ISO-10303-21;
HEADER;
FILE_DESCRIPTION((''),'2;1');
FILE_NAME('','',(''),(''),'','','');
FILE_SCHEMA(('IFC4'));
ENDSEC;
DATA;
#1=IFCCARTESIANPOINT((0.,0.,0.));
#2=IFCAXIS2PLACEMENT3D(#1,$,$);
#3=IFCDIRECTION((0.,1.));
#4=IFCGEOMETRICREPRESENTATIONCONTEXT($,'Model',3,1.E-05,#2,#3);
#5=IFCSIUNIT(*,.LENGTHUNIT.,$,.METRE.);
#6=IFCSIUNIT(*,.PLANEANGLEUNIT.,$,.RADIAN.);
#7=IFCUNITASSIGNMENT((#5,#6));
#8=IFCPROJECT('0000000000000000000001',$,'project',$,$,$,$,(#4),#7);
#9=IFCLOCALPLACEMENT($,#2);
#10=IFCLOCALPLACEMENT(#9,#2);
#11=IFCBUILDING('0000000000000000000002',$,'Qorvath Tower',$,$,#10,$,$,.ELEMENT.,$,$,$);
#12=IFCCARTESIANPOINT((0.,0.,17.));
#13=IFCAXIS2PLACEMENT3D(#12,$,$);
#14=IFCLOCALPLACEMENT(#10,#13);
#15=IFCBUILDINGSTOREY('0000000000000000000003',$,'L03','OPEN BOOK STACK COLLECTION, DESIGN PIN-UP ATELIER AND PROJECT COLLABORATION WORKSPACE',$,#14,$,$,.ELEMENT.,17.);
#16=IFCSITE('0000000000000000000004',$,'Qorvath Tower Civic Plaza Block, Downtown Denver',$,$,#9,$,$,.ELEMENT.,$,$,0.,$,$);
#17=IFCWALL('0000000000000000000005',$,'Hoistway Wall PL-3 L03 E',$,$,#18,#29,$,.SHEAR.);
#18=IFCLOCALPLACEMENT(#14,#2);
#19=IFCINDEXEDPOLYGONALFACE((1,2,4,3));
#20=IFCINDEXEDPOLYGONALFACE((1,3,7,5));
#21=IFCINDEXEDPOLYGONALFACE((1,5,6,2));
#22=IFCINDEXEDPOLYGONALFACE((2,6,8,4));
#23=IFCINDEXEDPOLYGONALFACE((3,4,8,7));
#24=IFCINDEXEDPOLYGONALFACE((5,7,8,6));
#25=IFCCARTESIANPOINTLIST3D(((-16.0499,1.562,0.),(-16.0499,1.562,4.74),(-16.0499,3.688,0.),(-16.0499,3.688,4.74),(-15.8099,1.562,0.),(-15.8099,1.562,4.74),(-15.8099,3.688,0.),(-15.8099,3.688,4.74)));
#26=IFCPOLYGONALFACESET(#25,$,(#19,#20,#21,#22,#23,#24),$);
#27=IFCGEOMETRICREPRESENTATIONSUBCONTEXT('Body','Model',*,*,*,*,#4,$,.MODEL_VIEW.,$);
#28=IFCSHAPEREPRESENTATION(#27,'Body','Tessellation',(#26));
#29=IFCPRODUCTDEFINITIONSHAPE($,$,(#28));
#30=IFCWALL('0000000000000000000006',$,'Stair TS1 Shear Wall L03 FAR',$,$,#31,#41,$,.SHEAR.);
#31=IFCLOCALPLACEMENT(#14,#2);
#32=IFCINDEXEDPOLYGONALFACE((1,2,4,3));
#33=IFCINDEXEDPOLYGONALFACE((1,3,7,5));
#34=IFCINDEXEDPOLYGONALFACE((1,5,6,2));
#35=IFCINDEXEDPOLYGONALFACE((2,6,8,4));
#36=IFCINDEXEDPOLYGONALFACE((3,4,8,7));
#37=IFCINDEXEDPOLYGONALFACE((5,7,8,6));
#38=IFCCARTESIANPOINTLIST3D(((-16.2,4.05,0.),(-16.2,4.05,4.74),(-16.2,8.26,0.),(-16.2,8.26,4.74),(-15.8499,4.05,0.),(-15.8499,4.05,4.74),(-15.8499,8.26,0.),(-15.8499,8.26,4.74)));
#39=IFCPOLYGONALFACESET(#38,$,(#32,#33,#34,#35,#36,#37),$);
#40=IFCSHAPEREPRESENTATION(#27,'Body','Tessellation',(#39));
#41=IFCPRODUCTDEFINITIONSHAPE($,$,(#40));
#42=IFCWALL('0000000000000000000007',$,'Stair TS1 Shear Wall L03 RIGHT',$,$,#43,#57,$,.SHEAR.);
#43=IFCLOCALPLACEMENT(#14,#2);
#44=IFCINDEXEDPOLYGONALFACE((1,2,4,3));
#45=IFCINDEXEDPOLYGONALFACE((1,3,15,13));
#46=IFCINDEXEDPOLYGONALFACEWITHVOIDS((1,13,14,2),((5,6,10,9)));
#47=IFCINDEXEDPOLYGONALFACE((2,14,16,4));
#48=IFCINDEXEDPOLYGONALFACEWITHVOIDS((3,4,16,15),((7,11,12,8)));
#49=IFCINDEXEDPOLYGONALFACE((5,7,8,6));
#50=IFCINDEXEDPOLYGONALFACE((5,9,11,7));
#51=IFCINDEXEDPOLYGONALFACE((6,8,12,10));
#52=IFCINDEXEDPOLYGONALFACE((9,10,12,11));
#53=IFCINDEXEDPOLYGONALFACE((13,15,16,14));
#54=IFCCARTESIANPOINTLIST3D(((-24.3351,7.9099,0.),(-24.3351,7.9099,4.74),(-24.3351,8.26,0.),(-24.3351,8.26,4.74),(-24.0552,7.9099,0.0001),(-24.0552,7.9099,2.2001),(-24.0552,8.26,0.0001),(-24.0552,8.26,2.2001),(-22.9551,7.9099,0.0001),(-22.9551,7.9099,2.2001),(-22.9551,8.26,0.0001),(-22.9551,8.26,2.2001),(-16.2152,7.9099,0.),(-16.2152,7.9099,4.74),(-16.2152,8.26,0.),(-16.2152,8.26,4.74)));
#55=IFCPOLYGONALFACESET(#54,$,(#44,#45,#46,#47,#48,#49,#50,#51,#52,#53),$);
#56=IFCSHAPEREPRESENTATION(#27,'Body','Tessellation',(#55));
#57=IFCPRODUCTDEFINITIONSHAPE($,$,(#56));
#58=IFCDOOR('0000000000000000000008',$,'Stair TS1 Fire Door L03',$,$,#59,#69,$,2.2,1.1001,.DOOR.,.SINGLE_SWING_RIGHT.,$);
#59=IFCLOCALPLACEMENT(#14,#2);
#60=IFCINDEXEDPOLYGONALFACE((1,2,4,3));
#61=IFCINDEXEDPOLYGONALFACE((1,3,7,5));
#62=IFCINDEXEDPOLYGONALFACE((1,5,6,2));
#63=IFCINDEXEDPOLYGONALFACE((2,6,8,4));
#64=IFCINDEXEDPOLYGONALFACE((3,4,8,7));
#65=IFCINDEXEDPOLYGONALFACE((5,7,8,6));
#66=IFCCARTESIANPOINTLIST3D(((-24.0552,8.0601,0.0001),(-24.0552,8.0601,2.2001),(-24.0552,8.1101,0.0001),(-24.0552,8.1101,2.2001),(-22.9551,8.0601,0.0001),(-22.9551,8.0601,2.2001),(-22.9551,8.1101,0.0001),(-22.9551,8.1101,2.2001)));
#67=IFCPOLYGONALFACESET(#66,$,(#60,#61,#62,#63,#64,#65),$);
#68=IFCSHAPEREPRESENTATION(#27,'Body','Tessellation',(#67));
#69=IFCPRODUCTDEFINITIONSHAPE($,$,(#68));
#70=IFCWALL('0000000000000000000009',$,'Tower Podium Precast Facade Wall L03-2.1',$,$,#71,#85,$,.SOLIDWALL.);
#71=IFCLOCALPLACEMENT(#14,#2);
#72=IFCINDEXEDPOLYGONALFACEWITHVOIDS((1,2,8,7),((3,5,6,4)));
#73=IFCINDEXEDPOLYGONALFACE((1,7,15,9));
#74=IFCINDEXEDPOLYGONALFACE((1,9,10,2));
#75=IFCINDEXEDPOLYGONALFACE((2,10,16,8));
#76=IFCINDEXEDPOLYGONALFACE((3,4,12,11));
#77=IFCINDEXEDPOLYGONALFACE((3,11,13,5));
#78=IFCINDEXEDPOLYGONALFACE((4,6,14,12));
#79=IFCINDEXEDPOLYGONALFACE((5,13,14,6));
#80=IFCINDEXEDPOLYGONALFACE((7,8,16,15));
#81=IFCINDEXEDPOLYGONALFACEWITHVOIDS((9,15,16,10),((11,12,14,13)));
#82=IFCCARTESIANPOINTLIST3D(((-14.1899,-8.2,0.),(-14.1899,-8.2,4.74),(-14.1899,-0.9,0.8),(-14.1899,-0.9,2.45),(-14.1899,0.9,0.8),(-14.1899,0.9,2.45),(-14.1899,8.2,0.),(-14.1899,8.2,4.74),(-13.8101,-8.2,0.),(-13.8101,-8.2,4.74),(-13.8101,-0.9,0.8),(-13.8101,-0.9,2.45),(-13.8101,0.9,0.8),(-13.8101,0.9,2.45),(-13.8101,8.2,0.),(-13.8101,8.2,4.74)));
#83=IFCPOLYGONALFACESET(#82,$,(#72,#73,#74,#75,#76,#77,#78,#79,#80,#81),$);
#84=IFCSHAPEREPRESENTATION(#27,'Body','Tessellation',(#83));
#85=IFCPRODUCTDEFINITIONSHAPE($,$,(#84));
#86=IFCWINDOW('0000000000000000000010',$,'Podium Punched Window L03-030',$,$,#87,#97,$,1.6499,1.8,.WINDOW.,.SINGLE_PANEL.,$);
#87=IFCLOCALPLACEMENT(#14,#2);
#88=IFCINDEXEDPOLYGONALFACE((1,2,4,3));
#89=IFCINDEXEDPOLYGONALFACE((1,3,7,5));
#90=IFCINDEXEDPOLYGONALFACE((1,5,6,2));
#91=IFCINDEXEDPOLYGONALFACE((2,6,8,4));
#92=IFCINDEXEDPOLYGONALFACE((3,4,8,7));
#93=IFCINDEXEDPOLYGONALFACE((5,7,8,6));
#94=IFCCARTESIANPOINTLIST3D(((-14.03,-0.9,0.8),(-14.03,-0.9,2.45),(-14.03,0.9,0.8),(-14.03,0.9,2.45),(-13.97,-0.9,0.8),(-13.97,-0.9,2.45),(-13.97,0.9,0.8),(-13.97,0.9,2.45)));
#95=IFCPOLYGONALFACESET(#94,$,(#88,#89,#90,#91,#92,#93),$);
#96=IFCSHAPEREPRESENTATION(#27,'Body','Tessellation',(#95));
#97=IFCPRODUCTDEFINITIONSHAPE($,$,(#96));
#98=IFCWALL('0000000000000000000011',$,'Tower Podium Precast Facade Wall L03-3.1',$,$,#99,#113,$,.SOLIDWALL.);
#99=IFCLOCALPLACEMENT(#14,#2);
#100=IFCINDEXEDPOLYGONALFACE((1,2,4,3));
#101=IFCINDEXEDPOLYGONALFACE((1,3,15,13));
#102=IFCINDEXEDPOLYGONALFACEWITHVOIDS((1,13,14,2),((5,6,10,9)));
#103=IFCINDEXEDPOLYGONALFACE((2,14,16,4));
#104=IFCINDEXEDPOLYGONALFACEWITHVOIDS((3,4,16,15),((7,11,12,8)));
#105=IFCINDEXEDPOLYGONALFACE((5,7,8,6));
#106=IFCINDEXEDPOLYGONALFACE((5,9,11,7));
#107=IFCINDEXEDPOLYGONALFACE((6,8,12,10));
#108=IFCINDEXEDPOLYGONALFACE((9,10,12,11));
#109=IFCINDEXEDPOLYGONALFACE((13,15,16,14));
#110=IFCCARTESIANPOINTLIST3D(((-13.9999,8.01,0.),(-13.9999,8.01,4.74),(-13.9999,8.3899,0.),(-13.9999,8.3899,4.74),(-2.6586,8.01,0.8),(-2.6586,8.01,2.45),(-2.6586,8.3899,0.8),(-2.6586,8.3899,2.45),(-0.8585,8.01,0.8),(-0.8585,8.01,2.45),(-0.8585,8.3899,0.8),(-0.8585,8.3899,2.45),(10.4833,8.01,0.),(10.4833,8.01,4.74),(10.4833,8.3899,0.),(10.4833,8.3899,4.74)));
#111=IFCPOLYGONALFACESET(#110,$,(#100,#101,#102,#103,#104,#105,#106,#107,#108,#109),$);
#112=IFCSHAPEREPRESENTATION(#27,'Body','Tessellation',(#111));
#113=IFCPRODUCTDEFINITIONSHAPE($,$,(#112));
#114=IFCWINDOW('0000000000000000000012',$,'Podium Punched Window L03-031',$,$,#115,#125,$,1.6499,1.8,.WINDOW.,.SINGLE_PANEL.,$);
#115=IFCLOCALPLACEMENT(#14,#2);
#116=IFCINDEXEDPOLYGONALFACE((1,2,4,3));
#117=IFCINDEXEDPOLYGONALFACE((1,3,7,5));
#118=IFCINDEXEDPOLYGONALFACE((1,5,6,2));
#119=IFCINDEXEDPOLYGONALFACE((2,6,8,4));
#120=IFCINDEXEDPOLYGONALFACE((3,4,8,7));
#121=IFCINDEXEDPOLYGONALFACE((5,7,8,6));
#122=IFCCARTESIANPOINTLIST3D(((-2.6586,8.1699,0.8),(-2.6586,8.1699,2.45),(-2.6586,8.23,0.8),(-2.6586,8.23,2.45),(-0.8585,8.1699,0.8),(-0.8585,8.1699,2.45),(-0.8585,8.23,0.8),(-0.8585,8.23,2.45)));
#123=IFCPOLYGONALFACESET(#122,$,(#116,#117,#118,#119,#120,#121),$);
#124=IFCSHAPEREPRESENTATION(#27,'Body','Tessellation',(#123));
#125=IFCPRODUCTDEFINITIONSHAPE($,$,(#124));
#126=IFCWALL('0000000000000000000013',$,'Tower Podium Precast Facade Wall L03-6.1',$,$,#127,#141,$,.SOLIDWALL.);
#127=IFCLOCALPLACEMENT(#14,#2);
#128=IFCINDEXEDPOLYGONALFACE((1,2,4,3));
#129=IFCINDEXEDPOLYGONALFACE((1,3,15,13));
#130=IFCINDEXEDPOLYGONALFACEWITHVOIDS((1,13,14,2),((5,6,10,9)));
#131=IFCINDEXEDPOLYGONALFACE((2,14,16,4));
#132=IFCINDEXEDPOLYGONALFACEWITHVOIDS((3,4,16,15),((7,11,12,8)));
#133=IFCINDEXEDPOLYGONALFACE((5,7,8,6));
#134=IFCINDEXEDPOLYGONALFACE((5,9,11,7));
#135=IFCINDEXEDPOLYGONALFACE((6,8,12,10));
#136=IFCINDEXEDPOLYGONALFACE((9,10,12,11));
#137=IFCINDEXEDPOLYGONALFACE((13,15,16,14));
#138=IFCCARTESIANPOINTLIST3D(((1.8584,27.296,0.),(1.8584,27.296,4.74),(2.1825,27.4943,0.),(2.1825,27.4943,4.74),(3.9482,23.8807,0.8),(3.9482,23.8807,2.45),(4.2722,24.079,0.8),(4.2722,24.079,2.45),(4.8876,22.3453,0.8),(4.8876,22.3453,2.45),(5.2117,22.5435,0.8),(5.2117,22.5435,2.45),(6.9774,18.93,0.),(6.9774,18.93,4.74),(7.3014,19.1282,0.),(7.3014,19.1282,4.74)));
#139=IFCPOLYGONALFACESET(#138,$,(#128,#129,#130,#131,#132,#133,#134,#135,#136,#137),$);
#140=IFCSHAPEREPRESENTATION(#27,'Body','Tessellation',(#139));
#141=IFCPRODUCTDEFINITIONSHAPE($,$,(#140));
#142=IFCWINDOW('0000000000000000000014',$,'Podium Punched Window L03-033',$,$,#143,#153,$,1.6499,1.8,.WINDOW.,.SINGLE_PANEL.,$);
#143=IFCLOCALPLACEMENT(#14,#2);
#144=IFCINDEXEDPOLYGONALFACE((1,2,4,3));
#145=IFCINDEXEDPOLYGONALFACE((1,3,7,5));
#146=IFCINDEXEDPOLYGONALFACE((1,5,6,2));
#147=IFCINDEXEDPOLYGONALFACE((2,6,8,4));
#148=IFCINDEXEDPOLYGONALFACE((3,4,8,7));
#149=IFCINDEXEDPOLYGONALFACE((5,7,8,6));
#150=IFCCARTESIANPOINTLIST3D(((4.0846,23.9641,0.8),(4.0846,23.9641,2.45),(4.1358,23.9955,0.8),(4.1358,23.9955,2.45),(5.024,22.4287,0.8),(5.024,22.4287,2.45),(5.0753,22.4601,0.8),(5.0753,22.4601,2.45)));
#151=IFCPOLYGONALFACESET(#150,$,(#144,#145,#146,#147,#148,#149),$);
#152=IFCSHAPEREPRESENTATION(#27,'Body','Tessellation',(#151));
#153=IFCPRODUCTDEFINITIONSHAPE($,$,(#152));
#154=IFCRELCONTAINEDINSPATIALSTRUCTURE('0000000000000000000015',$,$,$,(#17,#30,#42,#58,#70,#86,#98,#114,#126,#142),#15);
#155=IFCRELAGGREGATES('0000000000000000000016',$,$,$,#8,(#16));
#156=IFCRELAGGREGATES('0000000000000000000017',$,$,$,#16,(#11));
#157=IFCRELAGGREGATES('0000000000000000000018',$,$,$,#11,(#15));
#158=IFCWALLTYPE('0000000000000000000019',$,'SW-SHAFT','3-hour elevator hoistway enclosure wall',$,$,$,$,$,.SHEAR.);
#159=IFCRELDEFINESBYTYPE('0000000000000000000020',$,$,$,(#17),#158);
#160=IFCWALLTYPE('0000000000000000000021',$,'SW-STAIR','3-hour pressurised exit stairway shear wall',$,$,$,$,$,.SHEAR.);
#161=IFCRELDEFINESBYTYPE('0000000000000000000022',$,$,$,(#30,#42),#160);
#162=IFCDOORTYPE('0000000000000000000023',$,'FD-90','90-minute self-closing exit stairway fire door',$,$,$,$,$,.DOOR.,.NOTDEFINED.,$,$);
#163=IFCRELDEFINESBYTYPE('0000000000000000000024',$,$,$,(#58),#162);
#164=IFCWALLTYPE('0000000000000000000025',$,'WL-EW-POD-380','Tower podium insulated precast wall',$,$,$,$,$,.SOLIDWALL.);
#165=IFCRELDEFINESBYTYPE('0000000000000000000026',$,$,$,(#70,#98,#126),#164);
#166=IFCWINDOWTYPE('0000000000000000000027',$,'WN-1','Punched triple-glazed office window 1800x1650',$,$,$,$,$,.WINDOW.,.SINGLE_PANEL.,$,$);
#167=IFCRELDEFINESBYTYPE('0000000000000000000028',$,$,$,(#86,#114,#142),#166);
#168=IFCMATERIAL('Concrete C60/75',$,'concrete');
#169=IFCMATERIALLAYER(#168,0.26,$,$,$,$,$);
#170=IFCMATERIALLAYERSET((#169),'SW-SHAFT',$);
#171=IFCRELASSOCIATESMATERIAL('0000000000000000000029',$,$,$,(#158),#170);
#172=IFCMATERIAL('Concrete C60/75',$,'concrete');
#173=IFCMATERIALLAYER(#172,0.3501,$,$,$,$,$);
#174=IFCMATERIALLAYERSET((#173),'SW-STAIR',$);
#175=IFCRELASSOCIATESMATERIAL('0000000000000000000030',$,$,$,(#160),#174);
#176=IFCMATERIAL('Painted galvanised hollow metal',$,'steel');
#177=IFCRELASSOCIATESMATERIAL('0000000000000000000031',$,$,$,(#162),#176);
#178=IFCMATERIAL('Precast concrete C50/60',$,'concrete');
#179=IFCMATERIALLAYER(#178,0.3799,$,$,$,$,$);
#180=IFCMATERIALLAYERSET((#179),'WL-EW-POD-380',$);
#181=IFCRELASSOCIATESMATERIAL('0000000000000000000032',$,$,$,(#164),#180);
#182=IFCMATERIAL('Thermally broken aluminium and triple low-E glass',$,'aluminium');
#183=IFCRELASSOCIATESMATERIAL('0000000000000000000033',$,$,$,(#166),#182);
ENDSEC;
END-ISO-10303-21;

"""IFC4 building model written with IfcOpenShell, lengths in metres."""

from ifc_helpers import new_model, si_unit, direction, frame, frame_2d, origin, place, context, subcontext, project, spatial, rectangle, extrude, material, layer, layer_set, type_object, element, fill, save


model = new_model("IFC4")

# Units and contexts
model_context = context("Model", 3, precision=1e-05, world=origin(), true_north=direction((0.0, 1.0)))
body_context = subcontext(model_context, "Body", "Model", "MODEL_VIEW")
ifc_project = project(units=[si_unit("LENGTHUNIT", "METRE"), si_unit("PLANEANGLEUNIT", "RADIAN")], contexts=[model_context])

# Site, building, storey
site_placement = place(None, origin())
site = spatial("IfcSite", under=ifc_project, at=site_placement, Name="Qorvath Tower Civic Plaza Block, Downtown Denver", CompositionType="ELEMENT", RefElevation=0.0)
building_placement = place(site_placement, origin())
building = spatial("IfcBuilding", under=site, at=building_placement, Name="Qorvath Tower", CompositionType="ELEMENT")
storey_placement = place(building_placement, frame((0.0, 0.0, 17.0)))
storey = spatial("IfcBuildingStorey", under=building, at=storey_placement, Name="L03", Description="OPEN BOOK STACK COLLECTION, DESIGN PIN-UP ATELIER AND PROJECT COLLABORATION WORKSPACE", CompositionType="ELEMENT", Elevation=17.0)

# Shared definitions
ifc_material_1 = material(Name="Concrete C60/75", Category="concrete")
ifc_layer_1 = layer(ifc_material_1, 0.26)
ifc_layer_set_1 = layer_set([ifc_layer_1], Name="SW-SHAFT")
wall_type_1 = type_object("IfcWallType", Name="SW-SHAFT", Description="3-hour elevator hoistway enclosure wall", PredefinedType="SHEAR", material=ifc_layer_set_1)

# Walls
wall_1_placement = place(storey_placement, frame((-15.9299, 3.688, 0.0), z_axis=(0.0, 0.0, 1.0), x_axis=(0.0, -1.0, 0.0)))
element("IfcWall", 1, at=wall_1_placement, inside=storey, type_object=wall_type_1, Name="Hoistway Wall PL-3 L03 E", PredefinedType="SHEAR", context=body_context, shape_type="SweptSolid", body=[
    extrude(rectangle(XDim=2.126, YDim=0.24, at=frame_2d((1.063, 0.0))), origin(), (0.0, 0.0, 1.0), 4.74),
])
ifc_material_2 = material(Name="Concrete C60/75", Category="concrete")
ifc_layer_2 = layer(ifc_material_2, 0.3501)
ifc_layer_set_2 = layer_set([ifc_layer_2], Name="SW-STAIR")
wall_type_2 = type_object("IfcWallType", Name="SW-STAIR", Description="3-hour pressurised exit stairway shear wall", PredefinedType="SHEAR", material=ifc_layer_set_2)
wall_2_placement = place(storey_placement, frame((-16.0249, 4.05, 0.0), z_axis=(0.0, 0.0, 1.0), x_axis=(0.0, 1.0, 0.0)))
element("IfcWall", 2, at=wall_2_placement, inside=storey, type_object=wall_type_2, Name="Stair TS1 Shear Wall L03 FAR", PredefinedType="SHEAR", context=body_context, shape_type="SweptSolid", body=[
    extrude(rectangle(XDim=4.21, YDim=0.3501, at=frame_2d((2.105, 0.0))), origin(), (0.0, 0.0, 1.0), 4.74),
])

# Wall, opening, door
wall_3_placement = place(storey_placement, frame((-16.2151, 8.085, 0.0), z_axis=(0.0, 0.0, 1.0), x_axis=(-1.0, 0.0, 0.0)))
wall_3 = element("IfcWall", 3, at=wall_3_placement, inside=storey, type_object=wall_type_2, Name="Stair TS1 Shear Wall L03 RIGHT", PredefinedType="SHEAR", context=body_context, shape_type="SweptSolid", body=[
    extrude(rectangle(XDim=8.1199, YDim=0.3501, at=frame_2d((4.0601, 0.0))), origin(), (0.0, 0.0, 1.0), 4.74),
])
opening_1_placement = place(wall_3_placement, frame((6.74, 0.0, 0.0)))
opening_1 = element("IfcOpeningElement", 4, at=opening_1_placement, cuts=wall_3, PredefinedType="OPENING", context=body_context, shape_type="SweptSolid", body=[
    extrude(rectangle(XDim=1.1001, YDim=2.2, at=frame_2d((0.55, 1.1001))), frame((0.0, 0.1851, 0.0), z_axis=(0.0, -1.0, 0.0), x_axis=(1.0, 0.0, 0.0)), (0.0, 0.0, 1.0), 0.3701),
])
ifc_material_3 = material(Name="Painted galvanised hollow metal", Category="steel")
door_type_1 = type_object("IfcDoorType", Name="FD-90", Description="90-minute self-closing exit stairway fire door", OperationType="NOTDEFINED", PredefinedType="DOOR", material=ifc_material_3)
door_1_placement = place(opening_1_placement, origin())
door_1 = element("IfcDoor", 5, at=door_1_placement, inside=storey, type_object=door_type_1, Name="Stair TS1 Fire Door L03", OperationType="SINGLE_SWING_RIGHT", OverallHeight=2.2, OverallWidth=1.1001, PredefinedType="DOOR", context=body_context, shape_type="SweptSolid", body=[
    extrude(rectangle(XDim=1.1001, YDim=2.2, at=frame_2d((0.55, 1.1001))), frame((0.0, 0.0249, 0.0), z_axis=(0.0, -1.0, 0.0), x_axis=(1.0, 0.0, 0.0)), (0.0, 0.0, 1.0), 0.05),
])
fill(opening_1, door_1)

# Walls, openings, windows
ifc_material_4 = material(Name="Precast concrete C50/60", Category="concrete")
ifc_layer_3 = layer(ifc_material_4, 0.3799)
ifc_layer_set_3 = layer_set([ifc_layer_3], Name="WL-EW-POD-380")
wall_type_3 = type_object("IfcWallType", Name="WL-EW-POD-380", Description="Tower podium insulated precast wall", PredefinedType="SOLIDWALL", material=ifc_layer_set_3)
wall_4_placement = place(storey_placement, frame((-14.0, 8.2, 0.0), z_axis=(0.0, 0.0, 1.0), x_axis=(0.0, -1.0, 0.0)))
wall_4 = element("IfcWall", 6, at=wall_4_placement, inside=storey, type_object=wall_type_3, Name="Tower Podium Precast Facade Wall L03-2.1", PredefinedType="SOLIDWALL", context=body_context, shape_type="SweptSolid", body=[
    extrude(rectangle(XDim=16.3999, YDim=0.3799, at=frame_2d((8.2, 0.0))), origin(), (0.0, 0.0, 1.0), 4.74),
])
opening_2_placement = place(wall_4_placement, frame((7.3, 0.0, 0.8)))
opening_2 = element("IfcOpeningElement", 7, at=opening_2_placement, cuts=wall_4, PredefinedType="OPENING", context=body_context, shape_type="SweptSolid", body=[
    extrude(rectangle(XDim=1.8, YDim=1.6499, at=frame_2d((0.8999, 0.825))), frame((0.0, 0.2, 0.0), z_axis=(0.0, -1.0, 0.0), x_axis=(1.0, 0.0, 0.0)), (0.0, 0.0, 1.0), 0.3999),
])
ifc_material_5 = material(Name="Thermally broken aluminium and triple low-E glass", Category="aluminium")
window_type = type_object("IfcWindowType", Name="WN-1", Description="Punched triple-glazed office window 1800x1650", PartitioningType="SINGLE_PANEL", PredefinedType="WINDOW", material=ifc_material_5)
window_1_placement = place(opening_2_placement, origin())
window_1 = element("IfcWindow", 8, at=window_1_placement, inside=storey, type_object=window_type, Name="Podium Punched Window L03-030", OverallHeight=1.6499, OverallWidth=1.8, PartitioningType="SINGLE_PANEL", PredefinedType="WINDOW", context=body_context, shape_type="SweptSolid", body=[
    extrude(rectangle(XDim=1.8, YDim=1.6499, at=frame_2d((0.8999, 0.825))), frame((0.0, 0.03, 0.0), z_axis=(0.0, -1.0, 0.0), x_axis=(1.0, 0.0, 0.0)), (0.0, 0.0, 1.0), 0.0601),
])
fill(opening_2, window_1)
wall_5_placement = place(storey_placement, frame((-14.0, 8.2, 0.0), z_axis=(0.0, 0.0, 1.0), x_axis=(1.0, 0.0, 0.0)))
wall_5 = element("IfcWall", 9, at=wall_5_placement, inside=storey, type_object=wall_type_3, Name="Tower Podium Precast Facade Wall L03-3.1", PredefinedType="SOLIDWALL", context=body_context, shape_type="SweptSolid", body=[
    extrude(rectangle(XDim=24.4832, YDim=0.3799, at=frame_2d((12.2417, 0.0))), origin(), (0.0, 0.0, 1.0), 4.74),
])
opening_3_placement = place(wall_5_placement, frame((11.3416, 0.0, 0.8)))
opening_3 = element("IfcOpeningElement", 10, at=opening_3_placement, cuts=wall_5, PredefinedType="OPENING", context=body_context, shape_type="SweptSolid", body=[
    extrude(rectangle(XDim=1.8, YDim=1.6499, at=frame_2d((0.8999, 0.825))), frame((0.0, 0.2, 0.0), z_axis=(0.0, -1.0, 0.0), x_axis=(1.0, 0.0, 0.0)), (0.0, 0.0, 1.0), 0.3999),
])
window_2_placement = place(opening_3_placement, origin())
window_2 = element("IfcWindow", 11, at=window_2_placement, inside=storey, type_object=window_type, Name="Podium Punched Window L03-031", OverallHeight=1.6499, OverallWidth=1.8, PartitioningType="SINGLE_PANEL", PredefinedType="WINDOW", context=body_context, shape_type="SweptSolid", body=[
    extrude(rectangle(XDim=1.8, YDim=1.6499, at=frame_2d((0.8999, 0.825))), frame((0.0, 0.03, 0.0), z_axis=(0.0, -1.0, 0.0), x_axis=(1.0, 0.0, 0.0)), (0.0, 0.0, 1.0), 0.0601),
])
fill(opening_3, window_2)
wall_6_placement = place(storey_placement, frame((2.0205, 27.395, 0.0), z_axis=(0.0, 0.0, 1.0), x_axis=(0.521922, -0.852993, 0.0)))
wall_6 = element("IfcWall", 12, at=wall_6_placement, inside=storey, type_object=wall_type_3, Name="Tower Podium Precast Facade Wall L03-6.1", PredefinedType="SOLIDWALL", context=body_context, shape_type="SweptSolid", body=[
    extrude(rectangle(XDim=9.8079, YDim=0.3799, at=frame_2d((4.9038, 0.0))), origin(), (0.0, 0.0, 1.0), 4.74),
])
opening_4_placement = place(wall_6_placement, frame((4.0039, 0.0, 0.8)))
opening_4 = element("IfcOpeningElement", 13, at=opening_4_placement, cuts=wall_6, PredefinedType="OPENING", context=body_context, shape_type="SweptSolid", body=[
    extrude(rectangle(XDim=1.8, YDim=1.6499, at=frame_2d((0.8999, 0.825))), frame((0.0, 0.2, 0.0), z_axis=(0.0, -1.0, 0.0), x_axis=(1.0, 0.0, 0.0)), (0.0, 0.0, 1.0), 0.3999),
])
window_3_placement = place(opening_4_placement, origin())
window_3 = element("IfcWindow", 14, at=window_3_placement, inside=storey, type_object=window_type, Name="Podium Punched Window L03-033", OverallHeight=1.6499, OverallWidth=1.8, PartitioningType="SINGLE_PANEL", PredefinedType="WINDOW", context=body_context, shape_type="SweptSolid", body=[
    extrude(rectangle(XDim=1.8, YDim=1.6499, at=frame_2d((0.8999, 0.825))), frame((0.0, 0.03, 0.0), z_axis=(0.0, -1.0, 0.0), x_axis=(1.0, 0.0, 0.0)), (0.0, 0.0, 1.0), 0.0601),
])
fill(opening_4, window_3)

save(model, "model.ifc")
